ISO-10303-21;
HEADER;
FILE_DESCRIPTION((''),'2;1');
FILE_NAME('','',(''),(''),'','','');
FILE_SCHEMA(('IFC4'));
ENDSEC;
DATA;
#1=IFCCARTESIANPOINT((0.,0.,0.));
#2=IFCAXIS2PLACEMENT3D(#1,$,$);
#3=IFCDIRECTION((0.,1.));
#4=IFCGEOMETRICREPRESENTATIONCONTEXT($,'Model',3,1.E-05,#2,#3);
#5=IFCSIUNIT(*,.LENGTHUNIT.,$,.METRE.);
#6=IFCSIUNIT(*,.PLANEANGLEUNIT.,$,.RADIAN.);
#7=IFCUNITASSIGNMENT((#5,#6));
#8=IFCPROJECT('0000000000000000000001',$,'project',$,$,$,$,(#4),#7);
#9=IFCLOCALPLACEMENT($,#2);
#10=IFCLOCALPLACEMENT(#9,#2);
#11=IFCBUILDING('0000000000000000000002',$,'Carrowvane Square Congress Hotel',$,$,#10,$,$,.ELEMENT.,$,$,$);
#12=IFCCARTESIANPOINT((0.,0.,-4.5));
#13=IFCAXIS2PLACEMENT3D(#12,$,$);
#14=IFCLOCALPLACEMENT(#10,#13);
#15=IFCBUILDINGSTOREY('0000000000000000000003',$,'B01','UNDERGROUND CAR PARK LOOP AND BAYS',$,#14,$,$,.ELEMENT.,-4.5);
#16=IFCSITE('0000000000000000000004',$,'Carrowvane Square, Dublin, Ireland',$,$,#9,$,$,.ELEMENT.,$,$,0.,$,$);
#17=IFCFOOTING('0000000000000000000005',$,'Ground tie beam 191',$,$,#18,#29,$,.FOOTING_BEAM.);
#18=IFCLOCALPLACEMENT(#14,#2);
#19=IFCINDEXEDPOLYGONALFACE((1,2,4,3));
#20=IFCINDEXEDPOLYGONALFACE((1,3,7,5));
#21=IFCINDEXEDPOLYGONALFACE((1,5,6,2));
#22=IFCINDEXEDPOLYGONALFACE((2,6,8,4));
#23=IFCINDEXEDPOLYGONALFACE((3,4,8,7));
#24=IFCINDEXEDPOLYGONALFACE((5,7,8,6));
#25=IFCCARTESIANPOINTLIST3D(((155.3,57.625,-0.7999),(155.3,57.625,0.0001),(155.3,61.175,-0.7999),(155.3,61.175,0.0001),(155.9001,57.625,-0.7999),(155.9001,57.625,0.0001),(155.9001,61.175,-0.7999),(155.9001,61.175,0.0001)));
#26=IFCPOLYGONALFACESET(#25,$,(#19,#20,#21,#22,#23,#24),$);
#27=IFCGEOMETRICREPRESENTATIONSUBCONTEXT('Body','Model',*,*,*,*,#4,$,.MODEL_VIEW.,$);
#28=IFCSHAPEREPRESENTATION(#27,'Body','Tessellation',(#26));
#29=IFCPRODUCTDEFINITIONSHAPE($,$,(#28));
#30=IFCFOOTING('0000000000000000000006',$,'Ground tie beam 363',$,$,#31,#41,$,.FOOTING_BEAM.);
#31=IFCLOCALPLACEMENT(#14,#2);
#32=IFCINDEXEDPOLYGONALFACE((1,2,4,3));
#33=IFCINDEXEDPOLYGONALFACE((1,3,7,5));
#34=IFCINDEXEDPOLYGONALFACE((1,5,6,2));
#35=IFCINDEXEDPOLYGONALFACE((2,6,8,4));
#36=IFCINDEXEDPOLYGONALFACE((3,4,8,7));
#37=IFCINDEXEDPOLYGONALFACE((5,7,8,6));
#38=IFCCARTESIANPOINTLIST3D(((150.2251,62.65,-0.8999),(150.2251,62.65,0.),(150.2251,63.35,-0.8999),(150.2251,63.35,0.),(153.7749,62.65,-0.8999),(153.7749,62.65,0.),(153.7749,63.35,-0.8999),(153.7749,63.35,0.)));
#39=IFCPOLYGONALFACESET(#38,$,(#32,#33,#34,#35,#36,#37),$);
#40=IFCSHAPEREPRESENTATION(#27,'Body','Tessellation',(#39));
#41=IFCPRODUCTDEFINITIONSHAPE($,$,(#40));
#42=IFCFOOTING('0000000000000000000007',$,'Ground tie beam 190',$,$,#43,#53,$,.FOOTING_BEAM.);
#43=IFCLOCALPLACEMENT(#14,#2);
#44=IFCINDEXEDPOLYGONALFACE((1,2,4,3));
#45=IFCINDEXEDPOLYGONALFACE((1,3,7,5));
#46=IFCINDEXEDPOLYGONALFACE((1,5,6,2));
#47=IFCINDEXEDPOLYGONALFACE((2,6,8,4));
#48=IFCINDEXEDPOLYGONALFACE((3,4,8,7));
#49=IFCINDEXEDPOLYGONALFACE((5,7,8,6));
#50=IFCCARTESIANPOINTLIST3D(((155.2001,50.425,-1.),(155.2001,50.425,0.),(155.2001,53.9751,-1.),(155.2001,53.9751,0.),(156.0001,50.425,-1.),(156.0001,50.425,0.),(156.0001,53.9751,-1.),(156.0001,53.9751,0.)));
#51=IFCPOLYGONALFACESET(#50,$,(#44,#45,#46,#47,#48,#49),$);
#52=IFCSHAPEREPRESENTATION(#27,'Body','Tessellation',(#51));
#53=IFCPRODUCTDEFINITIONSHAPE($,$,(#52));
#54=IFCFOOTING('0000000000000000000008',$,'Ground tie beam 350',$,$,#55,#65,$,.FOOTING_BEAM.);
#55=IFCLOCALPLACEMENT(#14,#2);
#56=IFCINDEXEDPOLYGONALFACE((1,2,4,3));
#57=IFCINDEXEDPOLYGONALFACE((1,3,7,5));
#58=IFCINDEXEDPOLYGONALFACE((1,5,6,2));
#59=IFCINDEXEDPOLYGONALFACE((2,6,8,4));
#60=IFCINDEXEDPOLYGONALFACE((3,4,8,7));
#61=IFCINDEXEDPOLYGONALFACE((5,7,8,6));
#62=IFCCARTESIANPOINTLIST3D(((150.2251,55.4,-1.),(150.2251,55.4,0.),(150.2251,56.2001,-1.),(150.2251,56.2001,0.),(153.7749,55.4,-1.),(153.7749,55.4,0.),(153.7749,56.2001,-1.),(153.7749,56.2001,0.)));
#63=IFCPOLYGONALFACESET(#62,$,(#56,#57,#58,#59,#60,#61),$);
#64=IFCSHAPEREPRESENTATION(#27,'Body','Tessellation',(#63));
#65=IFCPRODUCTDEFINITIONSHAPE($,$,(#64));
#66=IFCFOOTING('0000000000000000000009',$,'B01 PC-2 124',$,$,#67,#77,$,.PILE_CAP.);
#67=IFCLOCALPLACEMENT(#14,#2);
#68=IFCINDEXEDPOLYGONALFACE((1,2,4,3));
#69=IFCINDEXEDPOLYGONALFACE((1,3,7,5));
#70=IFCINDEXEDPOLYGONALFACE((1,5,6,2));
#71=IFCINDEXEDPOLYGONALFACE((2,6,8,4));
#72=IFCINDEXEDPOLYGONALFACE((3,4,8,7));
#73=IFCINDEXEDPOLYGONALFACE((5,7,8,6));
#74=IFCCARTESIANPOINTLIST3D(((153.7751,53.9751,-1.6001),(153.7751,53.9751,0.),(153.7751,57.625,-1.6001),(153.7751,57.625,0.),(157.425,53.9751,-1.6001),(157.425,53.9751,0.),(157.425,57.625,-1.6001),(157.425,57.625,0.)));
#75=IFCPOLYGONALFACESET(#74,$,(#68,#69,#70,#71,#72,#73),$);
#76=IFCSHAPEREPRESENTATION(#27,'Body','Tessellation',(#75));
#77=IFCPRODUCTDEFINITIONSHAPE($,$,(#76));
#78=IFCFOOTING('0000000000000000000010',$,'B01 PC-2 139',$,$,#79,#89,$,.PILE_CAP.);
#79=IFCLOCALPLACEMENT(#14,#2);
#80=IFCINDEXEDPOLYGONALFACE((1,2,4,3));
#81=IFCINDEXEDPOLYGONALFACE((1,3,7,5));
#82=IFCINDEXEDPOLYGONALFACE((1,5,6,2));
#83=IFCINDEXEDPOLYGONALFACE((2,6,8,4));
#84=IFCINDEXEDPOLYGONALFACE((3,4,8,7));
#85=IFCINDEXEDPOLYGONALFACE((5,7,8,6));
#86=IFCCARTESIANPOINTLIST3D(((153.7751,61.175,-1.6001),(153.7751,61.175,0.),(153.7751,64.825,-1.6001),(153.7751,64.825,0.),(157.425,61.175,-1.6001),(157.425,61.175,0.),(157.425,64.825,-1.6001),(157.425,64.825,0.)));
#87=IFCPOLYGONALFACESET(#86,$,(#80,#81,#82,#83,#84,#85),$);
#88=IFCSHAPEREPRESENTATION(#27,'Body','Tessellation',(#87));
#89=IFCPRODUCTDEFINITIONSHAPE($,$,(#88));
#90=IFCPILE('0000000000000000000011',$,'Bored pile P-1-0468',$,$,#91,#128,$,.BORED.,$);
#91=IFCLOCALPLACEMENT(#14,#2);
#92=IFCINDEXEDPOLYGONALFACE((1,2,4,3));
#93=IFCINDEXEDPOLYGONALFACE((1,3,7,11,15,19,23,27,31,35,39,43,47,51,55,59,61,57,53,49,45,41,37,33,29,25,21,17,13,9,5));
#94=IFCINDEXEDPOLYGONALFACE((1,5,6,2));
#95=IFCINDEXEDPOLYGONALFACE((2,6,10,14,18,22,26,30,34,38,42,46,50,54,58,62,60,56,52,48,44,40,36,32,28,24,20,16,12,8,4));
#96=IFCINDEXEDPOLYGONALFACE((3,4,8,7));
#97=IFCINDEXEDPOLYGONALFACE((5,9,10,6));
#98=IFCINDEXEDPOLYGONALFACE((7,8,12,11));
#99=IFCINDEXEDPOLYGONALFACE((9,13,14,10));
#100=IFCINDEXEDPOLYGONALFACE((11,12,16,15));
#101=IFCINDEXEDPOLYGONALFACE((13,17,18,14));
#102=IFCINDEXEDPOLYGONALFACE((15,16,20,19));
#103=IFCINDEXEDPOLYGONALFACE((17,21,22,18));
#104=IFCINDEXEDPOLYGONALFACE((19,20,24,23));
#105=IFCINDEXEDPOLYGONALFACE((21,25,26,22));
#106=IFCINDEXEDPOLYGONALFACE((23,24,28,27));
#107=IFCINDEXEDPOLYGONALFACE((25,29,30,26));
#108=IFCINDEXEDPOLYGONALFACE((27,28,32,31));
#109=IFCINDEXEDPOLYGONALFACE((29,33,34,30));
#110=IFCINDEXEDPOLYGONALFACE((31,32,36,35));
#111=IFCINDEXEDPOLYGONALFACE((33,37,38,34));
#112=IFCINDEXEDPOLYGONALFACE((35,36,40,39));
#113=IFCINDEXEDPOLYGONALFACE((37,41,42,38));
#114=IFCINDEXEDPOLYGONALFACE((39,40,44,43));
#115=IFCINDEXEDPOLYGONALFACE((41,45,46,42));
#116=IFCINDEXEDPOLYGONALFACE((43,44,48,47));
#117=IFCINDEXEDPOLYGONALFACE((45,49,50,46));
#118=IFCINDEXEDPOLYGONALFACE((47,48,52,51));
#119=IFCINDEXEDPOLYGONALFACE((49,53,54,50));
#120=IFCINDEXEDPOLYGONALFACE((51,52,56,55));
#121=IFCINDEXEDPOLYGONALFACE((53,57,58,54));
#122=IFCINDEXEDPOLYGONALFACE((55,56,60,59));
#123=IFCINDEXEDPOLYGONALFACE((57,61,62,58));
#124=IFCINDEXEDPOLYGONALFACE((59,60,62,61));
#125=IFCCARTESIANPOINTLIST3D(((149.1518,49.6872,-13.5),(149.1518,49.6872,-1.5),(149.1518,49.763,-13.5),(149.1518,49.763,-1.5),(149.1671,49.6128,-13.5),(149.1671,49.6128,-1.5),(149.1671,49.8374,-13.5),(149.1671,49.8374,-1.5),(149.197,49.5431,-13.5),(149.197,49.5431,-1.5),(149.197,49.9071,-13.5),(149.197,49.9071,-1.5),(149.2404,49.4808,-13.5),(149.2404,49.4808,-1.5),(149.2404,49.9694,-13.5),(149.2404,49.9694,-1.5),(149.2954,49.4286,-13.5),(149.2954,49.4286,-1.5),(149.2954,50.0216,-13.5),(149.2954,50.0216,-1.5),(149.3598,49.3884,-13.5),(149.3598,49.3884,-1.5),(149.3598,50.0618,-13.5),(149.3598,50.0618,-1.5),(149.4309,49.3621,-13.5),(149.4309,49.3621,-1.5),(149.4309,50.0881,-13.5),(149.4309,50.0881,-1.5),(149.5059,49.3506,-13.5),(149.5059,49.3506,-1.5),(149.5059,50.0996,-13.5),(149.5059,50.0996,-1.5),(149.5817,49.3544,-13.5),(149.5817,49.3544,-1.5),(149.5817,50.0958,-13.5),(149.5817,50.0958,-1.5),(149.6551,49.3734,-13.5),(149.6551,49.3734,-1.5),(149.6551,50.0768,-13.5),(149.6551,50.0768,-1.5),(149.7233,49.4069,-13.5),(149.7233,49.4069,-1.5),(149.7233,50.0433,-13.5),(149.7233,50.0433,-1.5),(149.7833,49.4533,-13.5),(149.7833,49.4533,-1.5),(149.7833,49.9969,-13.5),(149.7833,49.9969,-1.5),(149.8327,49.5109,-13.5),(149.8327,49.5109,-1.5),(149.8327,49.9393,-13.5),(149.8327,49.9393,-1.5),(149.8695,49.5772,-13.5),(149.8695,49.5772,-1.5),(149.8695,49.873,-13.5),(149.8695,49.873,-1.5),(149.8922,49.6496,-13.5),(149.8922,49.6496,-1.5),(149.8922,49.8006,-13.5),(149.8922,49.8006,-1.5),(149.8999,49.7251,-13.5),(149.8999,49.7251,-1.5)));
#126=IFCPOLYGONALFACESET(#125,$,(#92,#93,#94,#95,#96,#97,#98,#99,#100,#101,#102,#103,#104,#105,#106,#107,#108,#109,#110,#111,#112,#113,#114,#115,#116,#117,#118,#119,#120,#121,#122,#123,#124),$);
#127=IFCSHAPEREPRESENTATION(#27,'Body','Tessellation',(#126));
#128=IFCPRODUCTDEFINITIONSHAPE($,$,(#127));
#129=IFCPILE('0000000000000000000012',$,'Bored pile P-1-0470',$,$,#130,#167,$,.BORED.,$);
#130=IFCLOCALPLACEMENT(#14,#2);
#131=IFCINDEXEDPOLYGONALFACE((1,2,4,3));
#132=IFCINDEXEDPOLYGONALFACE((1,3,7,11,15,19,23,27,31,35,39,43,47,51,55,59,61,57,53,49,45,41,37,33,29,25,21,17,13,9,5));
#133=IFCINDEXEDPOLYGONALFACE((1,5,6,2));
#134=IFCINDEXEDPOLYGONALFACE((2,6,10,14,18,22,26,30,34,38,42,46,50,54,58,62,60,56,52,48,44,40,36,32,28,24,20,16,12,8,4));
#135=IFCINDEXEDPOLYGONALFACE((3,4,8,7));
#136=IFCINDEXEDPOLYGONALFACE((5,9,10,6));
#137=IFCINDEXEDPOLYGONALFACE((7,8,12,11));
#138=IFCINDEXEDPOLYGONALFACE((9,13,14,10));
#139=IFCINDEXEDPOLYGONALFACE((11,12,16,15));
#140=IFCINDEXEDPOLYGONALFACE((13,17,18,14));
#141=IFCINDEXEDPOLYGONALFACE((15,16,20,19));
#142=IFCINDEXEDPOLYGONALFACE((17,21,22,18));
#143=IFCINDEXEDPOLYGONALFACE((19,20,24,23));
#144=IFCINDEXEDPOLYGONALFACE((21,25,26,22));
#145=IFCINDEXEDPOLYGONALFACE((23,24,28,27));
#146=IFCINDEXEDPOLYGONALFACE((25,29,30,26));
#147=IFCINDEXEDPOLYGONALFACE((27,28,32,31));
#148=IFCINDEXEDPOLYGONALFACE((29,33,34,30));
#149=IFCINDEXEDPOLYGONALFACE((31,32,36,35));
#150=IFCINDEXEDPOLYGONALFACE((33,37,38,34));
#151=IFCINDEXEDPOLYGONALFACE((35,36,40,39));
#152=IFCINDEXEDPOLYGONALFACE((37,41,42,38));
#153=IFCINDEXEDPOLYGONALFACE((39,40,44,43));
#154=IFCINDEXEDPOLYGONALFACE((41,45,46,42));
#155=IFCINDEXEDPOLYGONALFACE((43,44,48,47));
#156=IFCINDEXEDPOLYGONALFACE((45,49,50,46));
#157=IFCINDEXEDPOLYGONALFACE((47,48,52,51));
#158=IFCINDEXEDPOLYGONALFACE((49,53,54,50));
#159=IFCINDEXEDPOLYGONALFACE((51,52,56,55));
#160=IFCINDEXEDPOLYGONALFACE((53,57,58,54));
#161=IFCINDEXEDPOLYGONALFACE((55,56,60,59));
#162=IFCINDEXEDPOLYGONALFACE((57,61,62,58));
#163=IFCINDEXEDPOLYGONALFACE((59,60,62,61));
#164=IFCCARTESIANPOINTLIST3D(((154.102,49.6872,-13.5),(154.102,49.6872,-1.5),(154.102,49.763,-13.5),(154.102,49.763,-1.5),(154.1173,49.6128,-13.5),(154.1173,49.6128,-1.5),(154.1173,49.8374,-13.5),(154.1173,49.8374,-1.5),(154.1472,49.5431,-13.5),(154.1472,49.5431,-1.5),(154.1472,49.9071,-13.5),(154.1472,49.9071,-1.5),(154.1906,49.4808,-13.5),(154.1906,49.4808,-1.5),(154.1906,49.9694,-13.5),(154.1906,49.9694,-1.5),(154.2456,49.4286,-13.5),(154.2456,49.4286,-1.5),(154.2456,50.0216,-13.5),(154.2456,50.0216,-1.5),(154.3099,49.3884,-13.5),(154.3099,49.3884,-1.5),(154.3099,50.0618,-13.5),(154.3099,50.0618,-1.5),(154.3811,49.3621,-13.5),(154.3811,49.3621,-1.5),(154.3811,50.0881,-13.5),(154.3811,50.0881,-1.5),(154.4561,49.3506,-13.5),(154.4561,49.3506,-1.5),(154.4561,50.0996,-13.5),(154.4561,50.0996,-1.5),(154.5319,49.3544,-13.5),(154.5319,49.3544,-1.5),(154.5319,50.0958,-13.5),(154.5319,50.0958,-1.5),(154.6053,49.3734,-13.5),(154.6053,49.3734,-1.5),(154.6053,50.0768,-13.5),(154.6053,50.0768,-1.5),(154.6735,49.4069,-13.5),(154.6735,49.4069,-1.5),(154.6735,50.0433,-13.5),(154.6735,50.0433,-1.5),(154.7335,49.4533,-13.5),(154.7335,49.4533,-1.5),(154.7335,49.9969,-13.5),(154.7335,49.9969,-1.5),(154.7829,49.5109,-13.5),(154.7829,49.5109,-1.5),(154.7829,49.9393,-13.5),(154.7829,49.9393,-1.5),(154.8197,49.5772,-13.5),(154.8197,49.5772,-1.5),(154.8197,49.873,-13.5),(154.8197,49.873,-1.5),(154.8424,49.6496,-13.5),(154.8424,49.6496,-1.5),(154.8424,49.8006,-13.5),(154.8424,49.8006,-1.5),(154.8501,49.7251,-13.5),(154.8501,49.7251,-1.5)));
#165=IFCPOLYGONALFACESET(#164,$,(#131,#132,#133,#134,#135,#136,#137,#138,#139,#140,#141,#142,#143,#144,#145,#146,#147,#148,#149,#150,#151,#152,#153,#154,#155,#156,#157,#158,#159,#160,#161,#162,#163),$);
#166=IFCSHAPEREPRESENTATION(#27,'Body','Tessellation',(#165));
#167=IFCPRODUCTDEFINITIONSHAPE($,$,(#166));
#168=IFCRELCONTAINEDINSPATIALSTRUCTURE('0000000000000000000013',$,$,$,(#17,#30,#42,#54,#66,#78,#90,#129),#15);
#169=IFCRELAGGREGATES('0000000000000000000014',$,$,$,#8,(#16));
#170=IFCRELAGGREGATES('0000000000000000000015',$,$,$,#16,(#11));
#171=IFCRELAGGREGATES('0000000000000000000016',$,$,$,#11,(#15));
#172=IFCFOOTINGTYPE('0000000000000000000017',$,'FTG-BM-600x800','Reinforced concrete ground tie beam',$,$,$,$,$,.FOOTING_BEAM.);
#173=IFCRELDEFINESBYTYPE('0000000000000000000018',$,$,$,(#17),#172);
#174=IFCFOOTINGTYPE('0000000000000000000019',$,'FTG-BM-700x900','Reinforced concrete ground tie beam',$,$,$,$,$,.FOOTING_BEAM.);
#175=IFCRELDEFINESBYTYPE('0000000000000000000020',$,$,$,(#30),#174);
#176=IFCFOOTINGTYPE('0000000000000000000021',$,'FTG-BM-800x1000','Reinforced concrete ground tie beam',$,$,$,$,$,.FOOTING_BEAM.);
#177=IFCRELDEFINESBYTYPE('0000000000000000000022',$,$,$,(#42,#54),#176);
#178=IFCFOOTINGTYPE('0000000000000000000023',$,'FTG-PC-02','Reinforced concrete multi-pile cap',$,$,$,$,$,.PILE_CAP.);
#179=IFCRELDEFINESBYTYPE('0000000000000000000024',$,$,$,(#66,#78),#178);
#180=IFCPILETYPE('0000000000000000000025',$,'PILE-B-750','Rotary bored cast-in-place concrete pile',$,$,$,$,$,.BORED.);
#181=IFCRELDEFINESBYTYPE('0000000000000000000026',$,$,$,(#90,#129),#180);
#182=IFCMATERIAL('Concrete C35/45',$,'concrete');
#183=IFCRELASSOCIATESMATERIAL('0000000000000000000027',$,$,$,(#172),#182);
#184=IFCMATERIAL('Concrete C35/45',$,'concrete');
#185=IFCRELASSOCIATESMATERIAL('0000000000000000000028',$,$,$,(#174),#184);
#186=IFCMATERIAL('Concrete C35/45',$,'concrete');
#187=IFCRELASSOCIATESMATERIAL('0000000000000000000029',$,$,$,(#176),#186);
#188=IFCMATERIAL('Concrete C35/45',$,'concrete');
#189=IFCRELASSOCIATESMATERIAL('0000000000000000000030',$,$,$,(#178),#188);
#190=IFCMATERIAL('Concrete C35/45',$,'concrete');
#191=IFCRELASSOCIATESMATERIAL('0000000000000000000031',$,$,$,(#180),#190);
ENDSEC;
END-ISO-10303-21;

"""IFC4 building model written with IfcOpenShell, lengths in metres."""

from ifc_helpers import new_model, si_unit, direction, frame, origin, origin_2d, place, context, subcontext, project, spatial, rectangle, circle, extrude, material, material_profile, profile_set, type_object, element, save


model = new_model("IFC4")

# Units and contexts
model_context = context("Model", 3, precision=1e-05, world=origin(), true_north=direction((0.0, 1.0)))
body_context = subcontext(model_context, "Body", "Model", "MODEL_VIEW")
ifc_project = project(units=[si_unit("LENGTHUNIT", "METRE"), si_unit("PLANEANGLEUNIT", "RADIAN")], contexts=[model_context])

# Site, building, storey
site_placement = place(None, origin())
site = spatial("IfcSite", under=ifc_project, at=site_placement, Name="Carrowvane Square, Dublin, Ireland", CompositionType="ELEMENT", RefElevation=0.0)
building_placement = place(site_placement, origin())
building = spatial("IfcBuilding", under=site, at=building_placement, Name="Carrowvane Square Congress Hotel", CompositionType="ELEMENT")
storey_placement = place(building_placement, frame((0.0, 0.0, -4.5)))
storey = spatial("IfcBuildingStorey", under=building, at=storey_placement, Name="B01", Description="UNDERGROUND CAR PARK LOOP AND BAYS", CompositionType="ELEMENT", Elevation=-4.5)

# Footings
ifc_material_1 = material(Name="Concrete C35/45", Category="concrete")
ifc_material_profile_1 = material_profile(ifc_material_1, rectangle(XDim=0.6001, YDim=0.8, at=origin_2d()), Name="RC 600x800")
ifc_profile_set_1 = profile_set([ifc_material_profile_1], Name="Concrete C35/45")
footing_type_1 = type_object("IfcFootingType", Name="FTG-BM-600x800", Description="Reinforced concrete ground tie beam", PredefinedType="FOOTING_BEAM", material=ifc_profile_set_1)
footing_1_placement = place(storey_placement, frame((155.6001, 57.625, -0.3999), z_axis=(0.0, 1.0, 0.0), x_axis=(-1.0, 0.0, 0.0)))
element("IfcFooting", 1, at=footing_1_placement, inside=storey, type_object=footing_type_1, Name="Ground tie beam 191", PredefinedType="FOOTING_BEAM", context=body_context, shape_type="SweptSolid", body=[
    extrude(rectangle(XDim=0.6001, YDim=0.8, at=origin_2d()), origin(), (0.0, 0.0, 1.0), 3.55),
])
ifc_material_2 = material(Name="Concrete C35/45", Category="concrete")
ifc_material_profile_2 = material_profile(ifc_material_2, rectangle(XDim=0.7, YDim=0.8999, at=origin_2d()), Name="RC 700x900")
ifc_profile_set_2 = profile_set([ifc_material_profile_2], Name="Concrete C35/45")
footing_type_2 = type_object("IfcFootingType", Name="FTG-BM-700x900", Description="Reinforced concrete ground tie beam", PredefinedType="FOOTING_BEAM", material=ifc_profile_set_2)
footing_2_placement = place(storey_placement, frame((150.2251, 63.0, -0.45), z_axis=(1.0, 0.0, 0.0), x_axis=(0.0, 1.0, 0.0)))
element("IfcFooting", 2, at=footing_2_placement, inside=storey, type_object=footing_type_2, Name="Ground tie beam 363", PredefinedType="FOOTING_BEAM", context=body_context, shape_type="SweptSolid", body=[
    extrude(rectangle(XDim=0.7, YDim=0.8999, at=origin_2d()), origin(), (0.0, 0.0, 1.0), 3.5498),
])
ifc_material_3 = material(Name="Concrete C35/45", Category="concrete")
ifc_material_profile_3 = material_profile(ifc_material_3, rectangle(XDim=0.8, YDim=1.0, at=origin_2d()), Name="RC 800x1000")
ifc_profile_set_3 = profile_set([ifc_material_profile_3], Name="Concrete C35/45")
footing_type_3 = type_object("IfcFootingType", Name="FTG-BM-800x1000", Description="Reinforced concrete ground tie beam", PredefinedType="FOOTING_BEAM", material=ifc_profile_set_3)
footing_3_placement = place(storey_placement, frame((155.6001, 50.425, -0.5), z_axis=(0.0, 1.0, 0.0), x_axis=(-1.0, 0.0, 0.0)))
element("IfcFooting", 3, at=footing_3_placement, inside=storey, type_object=footing_type_3, Name="Ground tie beam 190", PredefinedType="FOOTING_BEAM", context=body_context, shape_type="SweptSolid", body=[
    extrude(rectangle(XDim=0.8, YDim=1.0, at=origin_2d()), origin(), (0.0, 0.0, 1.0), 3.55),
])
footing_4_placement = place(storey_placement, frame((150.2251, 55.8, -0.5), z_axis=(1.0, 0.0, 0.0), x_axis=(0.0, 1.0, 0.0)))
element("IfcFooting", 4, at=footing_4_placement, inside=storey, type_object=footing_type_3, Name="Ground tie beam 350", PredefinedType="FOOTING_BEAM", context=body_context, shape_type="SweptSolid", body=[
    extrude(rectangle(XDim=0.8, YDim=1.0, at=origin_2d()), origin(), (0.0, 0.0, 1.0), 3.5498),
])
ifc_material_4 = material(Name="Concrete C35/45", Category="concrete")
footing_type_4 = type_object("IfcFootingType", Name="FTG-PC-02", Description="Reinforced concrete multi-pile cap", PredefinedType="PILE_CAP", material=ifc_material_4)
for number, where, z_axis, x_axis, name in (
    (5, (155.6001, 55.8, -1.6001), (0.0, 0.0, 1.0), (1.0, 0.0, 0.0), "B01 PC-2 124"),
    (6, (155.6001, 63.0, -1.6001), (0.0, 0.0, 1.0), (1.0, 0.0, 0.0), "B01 PC-2 139"),
):
    element("IfcFooting", number, at=place(storey_placement, frame(where, z_axis=z_axis, x_axis=x_axis)), inside=storey, type_object=footing_type_4, Name=name, PredefinedType="PILE_CAP", context=body_context, shape_type="SweptSolid", body=[
        extrude(rectangle(XDim=3.6499, YDim=3.6499, at=origin_2d()), origin(), (0.0, 0.0, 1.0), 1.6001),
    ])

# Piles
ifc_material_5 = material(Name="Concrete C35/45", Category="concrete")
ifc_material_profile_4 = material_profile(ifc_material_5, circle(Radius=0.375, at=origin_2d()), Name="PILE D750")
ifc_profile_set_4 = profile_set([ifc_material_profile_4], Name="Concrete C35/45")
pile_type = type_object("IfcPileType", Name="PILE-B-750", Description="Rotary bored cast-in-place concrete pile", PredefinedType="BORED", material=ifc_profile_set_4)
for number, where, z_axis, x_axis, name in (
    (7, (149.5249, 49.7251, -1.5), (0.0, 0.0, -1.0), (1.0, 0.0, 0.0), "Bored pile P-1-0468"),
    (8, (154.4751, 49.7251, -1.5), (0.0, 0.0, -1.0), (1.0, 0.0, 0.0), "Bored pile P-1-0470"),
):
    element("IfcPile", number, at=place(storey_placement, frame(where, z_axis=z_axis, x_axis=x_axis)), inside=storey, type_object=pile_type, Name=name, PredefinedType="BORED", context=body_context, shape_type="SweptSolid", body=[
        extrude(circle(Radius=0.375, at=origin_2d()), origin(), (0.0, 0.0, 1.0), 12.0),
    ])

save(model, "model.ifc")
